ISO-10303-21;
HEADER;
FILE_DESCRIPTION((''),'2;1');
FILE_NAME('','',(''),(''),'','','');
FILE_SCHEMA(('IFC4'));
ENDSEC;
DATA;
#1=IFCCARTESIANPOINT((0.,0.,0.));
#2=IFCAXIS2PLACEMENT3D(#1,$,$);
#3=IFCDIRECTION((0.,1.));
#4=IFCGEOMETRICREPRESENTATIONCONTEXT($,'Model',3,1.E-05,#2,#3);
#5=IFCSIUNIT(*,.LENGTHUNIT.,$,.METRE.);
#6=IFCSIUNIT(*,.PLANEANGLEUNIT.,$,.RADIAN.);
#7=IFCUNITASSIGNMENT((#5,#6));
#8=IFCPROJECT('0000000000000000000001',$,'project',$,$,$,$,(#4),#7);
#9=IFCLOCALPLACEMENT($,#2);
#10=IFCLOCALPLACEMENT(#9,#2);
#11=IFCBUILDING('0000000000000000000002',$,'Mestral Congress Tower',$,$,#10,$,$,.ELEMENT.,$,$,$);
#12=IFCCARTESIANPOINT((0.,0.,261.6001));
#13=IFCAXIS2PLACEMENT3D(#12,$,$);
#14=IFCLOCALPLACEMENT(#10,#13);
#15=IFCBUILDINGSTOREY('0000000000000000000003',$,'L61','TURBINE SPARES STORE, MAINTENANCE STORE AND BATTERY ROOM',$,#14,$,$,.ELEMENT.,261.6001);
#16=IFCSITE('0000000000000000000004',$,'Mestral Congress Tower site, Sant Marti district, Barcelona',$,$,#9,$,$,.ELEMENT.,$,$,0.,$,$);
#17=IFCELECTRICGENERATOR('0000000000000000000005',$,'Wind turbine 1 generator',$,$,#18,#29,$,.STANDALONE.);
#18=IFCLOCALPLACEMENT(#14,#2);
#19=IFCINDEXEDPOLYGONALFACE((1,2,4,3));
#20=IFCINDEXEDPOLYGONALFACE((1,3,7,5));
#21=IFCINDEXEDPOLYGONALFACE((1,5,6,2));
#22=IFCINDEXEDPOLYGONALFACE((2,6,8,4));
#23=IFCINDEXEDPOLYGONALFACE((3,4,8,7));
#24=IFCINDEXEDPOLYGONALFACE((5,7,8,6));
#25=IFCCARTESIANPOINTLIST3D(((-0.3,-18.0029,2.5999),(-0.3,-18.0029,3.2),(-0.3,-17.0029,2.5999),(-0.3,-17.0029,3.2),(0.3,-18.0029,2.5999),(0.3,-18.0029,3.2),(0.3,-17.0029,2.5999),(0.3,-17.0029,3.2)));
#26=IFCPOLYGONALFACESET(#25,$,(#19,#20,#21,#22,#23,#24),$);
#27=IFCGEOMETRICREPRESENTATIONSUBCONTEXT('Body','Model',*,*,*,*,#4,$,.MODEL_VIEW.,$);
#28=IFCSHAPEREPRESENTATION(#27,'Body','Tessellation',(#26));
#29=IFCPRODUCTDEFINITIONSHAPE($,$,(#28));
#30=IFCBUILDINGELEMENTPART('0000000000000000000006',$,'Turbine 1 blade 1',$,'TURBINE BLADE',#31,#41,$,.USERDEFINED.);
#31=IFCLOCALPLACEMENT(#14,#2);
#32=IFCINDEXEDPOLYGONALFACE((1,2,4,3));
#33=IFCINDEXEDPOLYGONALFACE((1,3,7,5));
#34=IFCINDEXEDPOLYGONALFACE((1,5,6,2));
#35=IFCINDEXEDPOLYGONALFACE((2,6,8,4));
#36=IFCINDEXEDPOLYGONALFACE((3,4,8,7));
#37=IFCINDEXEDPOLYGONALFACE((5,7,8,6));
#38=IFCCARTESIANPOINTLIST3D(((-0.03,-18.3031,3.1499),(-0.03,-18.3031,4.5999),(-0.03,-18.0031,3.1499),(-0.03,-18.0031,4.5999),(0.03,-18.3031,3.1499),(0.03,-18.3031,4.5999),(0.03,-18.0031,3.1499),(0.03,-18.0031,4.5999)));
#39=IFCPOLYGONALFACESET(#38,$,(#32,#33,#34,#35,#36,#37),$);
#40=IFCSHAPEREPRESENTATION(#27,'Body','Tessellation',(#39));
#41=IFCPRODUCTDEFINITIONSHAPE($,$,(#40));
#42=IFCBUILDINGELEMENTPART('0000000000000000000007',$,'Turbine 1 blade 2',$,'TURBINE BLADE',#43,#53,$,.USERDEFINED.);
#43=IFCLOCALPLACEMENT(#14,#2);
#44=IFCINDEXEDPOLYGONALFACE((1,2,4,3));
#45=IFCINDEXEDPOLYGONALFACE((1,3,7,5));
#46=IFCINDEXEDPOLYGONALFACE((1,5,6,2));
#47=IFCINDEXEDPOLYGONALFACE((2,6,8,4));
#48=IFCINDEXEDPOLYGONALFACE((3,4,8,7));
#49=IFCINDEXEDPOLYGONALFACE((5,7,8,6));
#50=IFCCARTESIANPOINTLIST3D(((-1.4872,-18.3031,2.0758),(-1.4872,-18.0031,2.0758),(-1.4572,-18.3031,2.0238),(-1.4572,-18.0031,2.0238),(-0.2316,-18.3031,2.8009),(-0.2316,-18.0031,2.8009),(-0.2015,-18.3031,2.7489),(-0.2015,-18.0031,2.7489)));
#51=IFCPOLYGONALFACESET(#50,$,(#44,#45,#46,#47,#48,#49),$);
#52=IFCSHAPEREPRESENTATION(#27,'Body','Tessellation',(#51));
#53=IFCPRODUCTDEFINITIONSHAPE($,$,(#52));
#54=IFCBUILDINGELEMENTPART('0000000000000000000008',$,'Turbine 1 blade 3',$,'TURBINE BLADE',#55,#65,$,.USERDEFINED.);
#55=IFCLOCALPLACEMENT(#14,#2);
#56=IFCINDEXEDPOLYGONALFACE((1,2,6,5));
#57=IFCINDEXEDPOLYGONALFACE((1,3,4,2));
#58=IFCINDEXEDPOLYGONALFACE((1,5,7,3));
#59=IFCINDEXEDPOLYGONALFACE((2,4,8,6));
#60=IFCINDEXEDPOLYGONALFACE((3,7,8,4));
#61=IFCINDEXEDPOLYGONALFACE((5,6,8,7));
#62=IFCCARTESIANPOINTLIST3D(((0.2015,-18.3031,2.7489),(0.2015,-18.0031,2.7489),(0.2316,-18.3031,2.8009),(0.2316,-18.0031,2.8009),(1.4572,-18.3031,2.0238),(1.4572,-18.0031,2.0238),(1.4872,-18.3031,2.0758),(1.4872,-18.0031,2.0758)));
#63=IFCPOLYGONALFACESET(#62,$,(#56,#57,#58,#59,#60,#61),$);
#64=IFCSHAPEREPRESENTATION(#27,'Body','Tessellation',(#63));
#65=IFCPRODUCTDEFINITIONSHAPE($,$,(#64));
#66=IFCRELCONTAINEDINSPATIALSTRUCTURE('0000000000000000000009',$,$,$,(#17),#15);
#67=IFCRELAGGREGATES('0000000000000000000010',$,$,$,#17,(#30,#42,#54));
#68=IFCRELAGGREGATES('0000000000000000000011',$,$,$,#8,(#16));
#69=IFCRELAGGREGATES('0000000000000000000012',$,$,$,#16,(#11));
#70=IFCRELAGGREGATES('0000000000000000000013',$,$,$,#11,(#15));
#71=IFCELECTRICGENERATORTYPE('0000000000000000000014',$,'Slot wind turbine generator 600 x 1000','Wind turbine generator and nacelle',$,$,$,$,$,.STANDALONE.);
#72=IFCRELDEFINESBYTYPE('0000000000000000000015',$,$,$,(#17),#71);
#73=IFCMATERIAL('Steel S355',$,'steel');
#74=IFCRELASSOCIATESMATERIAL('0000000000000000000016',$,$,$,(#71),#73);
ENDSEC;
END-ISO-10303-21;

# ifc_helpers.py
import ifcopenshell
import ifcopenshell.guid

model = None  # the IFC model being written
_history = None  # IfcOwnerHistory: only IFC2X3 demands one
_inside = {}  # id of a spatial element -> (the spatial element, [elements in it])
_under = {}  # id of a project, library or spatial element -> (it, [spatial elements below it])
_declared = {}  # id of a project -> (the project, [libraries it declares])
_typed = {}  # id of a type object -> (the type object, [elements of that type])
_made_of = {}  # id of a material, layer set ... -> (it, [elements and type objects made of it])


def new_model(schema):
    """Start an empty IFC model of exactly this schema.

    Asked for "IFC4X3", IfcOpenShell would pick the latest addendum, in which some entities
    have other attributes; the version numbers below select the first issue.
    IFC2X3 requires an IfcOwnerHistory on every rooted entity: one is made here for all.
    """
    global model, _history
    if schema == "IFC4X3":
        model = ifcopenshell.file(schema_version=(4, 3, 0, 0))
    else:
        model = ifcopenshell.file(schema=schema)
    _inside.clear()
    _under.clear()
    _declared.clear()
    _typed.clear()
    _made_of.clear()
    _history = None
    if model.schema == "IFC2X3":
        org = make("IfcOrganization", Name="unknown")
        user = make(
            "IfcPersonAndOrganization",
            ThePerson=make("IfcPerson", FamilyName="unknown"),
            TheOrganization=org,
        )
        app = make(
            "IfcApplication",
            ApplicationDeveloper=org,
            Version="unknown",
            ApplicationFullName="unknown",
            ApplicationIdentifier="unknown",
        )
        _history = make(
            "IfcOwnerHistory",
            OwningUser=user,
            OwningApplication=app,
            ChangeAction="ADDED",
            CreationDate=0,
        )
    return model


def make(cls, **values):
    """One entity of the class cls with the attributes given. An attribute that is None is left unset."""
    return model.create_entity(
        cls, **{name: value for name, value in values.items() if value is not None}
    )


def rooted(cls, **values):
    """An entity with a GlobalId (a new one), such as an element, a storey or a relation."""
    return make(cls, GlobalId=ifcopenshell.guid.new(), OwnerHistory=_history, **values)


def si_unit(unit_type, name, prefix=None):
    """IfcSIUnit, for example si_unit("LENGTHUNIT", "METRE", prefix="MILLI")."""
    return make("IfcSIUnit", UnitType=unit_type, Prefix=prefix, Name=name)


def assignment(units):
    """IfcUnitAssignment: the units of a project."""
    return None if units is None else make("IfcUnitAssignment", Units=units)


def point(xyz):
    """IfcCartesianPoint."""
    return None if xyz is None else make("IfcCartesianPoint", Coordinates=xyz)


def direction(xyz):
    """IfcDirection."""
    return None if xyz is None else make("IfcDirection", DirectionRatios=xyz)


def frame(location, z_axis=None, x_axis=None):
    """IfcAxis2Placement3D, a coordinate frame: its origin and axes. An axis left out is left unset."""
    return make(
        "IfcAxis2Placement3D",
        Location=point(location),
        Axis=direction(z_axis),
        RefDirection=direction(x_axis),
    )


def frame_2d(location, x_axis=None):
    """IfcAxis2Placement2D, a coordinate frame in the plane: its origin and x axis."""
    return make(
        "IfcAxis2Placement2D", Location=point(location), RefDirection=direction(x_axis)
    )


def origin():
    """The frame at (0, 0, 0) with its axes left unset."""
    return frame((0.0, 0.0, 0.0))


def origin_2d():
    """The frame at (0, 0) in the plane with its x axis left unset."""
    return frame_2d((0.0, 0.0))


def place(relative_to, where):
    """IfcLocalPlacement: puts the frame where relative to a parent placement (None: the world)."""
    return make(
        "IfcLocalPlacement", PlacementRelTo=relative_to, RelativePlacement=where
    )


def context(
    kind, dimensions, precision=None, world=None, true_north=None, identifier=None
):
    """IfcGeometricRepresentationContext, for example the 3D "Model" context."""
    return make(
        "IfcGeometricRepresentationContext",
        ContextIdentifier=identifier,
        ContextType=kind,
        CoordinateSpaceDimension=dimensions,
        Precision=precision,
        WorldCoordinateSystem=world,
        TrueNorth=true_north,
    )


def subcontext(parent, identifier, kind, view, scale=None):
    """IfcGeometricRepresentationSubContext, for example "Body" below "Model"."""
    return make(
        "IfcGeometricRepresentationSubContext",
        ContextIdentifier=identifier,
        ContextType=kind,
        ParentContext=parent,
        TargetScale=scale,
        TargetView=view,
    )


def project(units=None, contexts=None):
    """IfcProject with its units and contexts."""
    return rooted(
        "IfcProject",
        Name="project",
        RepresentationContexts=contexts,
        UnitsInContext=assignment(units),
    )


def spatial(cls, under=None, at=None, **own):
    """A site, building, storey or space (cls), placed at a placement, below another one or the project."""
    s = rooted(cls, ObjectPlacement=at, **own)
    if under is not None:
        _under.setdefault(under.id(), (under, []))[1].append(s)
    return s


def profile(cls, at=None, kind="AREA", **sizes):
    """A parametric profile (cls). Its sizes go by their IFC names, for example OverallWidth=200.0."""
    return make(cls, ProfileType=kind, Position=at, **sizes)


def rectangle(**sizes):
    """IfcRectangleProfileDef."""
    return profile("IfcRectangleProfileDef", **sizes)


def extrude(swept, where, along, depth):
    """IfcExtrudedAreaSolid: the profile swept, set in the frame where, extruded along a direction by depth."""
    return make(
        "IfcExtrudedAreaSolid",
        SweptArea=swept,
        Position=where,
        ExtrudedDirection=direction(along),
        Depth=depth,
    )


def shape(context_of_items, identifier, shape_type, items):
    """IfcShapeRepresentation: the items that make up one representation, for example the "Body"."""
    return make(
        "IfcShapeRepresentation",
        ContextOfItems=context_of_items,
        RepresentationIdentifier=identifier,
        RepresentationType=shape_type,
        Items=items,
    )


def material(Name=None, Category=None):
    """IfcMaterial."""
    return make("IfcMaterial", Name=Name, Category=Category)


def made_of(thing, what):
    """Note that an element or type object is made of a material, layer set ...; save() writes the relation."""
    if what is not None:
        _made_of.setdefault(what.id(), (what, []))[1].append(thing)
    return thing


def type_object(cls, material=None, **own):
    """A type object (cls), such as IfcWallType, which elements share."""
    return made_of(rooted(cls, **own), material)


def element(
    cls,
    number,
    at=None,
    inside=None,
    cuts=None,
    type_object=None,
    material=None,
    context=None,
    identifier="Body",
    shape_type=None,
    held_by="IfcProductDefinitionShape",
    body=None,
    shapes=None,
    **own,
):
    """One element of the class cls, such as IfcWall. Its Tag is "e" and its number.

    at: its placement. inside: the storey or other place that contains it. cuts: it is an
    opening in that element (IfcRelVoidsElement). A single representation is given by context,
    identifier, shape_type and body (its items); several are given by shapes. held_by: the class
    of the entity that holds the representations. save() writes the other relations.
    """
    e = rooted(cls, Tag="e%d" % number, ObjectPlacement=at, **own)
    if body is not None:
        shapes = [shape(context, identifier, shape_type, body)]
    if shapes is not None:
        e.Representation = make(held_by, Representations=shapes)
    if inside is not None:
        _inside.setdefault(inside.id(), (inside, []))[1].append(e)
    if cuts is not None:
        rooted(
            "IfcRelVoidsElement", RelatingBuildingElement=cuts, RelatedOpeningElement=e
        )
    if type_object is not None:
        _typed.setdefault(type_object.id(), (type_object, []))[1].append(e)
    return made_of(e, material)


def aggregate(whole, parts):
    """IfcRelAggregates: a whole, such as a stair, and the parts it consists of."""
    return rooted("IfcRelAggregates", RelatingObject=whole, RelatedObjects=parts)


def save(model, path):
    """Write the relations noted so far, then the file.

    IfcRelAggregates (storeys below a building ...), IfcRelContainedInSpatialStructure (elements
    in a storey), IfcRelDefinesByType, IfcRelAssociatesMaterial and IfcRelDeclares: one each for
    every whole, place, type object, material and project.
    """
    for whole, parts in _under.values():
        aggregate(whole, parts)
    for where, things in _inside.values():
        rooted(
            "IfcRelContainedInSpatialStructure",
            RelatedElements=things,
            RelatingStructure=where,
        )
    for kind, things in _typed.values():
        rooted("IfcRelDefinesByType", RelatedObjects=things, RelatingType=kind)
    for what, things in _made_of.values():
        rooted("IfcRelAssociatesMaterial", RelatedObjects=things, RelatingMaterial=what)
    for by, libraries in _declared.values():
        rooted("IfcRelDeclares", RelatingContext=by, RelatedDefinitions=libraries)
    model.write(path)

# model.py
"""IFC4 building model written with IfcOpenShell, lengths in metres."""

from ifc_helpers import new_model, si_unit, direction, frame, origin, origin_2d, place, context, subcontext, project, spatial, rectangle, extrude, material, type_object, element, aggregate, save


model = new_model("IFC4")

# Units and contexts
model_context = context("Model", 3, precision=1e-05, world=origin(), true_north=direction((0.0, 1.0)))
body_context = subcontext(model_context, "Body", "Model", "MODEL_VIEW")
ifc_project = project(units=[si_unit("LENGTHUNIT", "METRE"), si_unit("PLANEANGLEUNIT", "RADIAN")], contexts=[model_context])

# Site, building, storey
site_placement = place(None, origin())
site = spatial("IfcSite", under=ifc_project, at=site_placement, Name="Mestral Congress Tower site, Sant Marti district, Barcelona", CompositionType="ELEMENT", RefElevation=0.0)
building_placement = place(site_placement, origin())
building = spatial("IfcBuilding", under=site, at=building_placement, Name="Mestral Congress Tower", CompositionType="ELEMENT")
storey_placement = place(building_placement, frame((0.0, 0.0, 261.6001)))
storey = spatial("IfcBuildingStorey", under=building, at=storey_placement, Name="L61", Description="TURBINE SPARES STORE, MAINTENANCE STORE AND BATTERY ROOM", CompositionType="ELEMENT", Elevation=261.6001)

# Shared definitions
ifc_material_1 = material(Name="Steel S355", Category="steel")

# Electric generator, building element parts
electric_generator_type = type_object("IfcElectricGeneratorType", Name="Slot wind turbine generator 600 x 1000", Description="Wind turbine generator and nacelle", PredefinedType="STANDALONE", material=ifc_material_1)
electric_generator_placement = place(storey_placement, frame((0.0, -17.5029, 2.5999), z_axis=(0.0, 0.0, 1.0), x_axis=(1.0, 0.0, 0.0)))
electric_generator = element("IfcElectricGenerator", 1, at=electric_generator_placement, inside=storey, type_object=electric_generator_type, Name="Wind turbine 1 generator", PredefinedType="STANDALONE", context=body_context, shape_type="SweptSolid", body=[
    extrude(rectangle(XDim=0.6001, YDim=1.0, at=origin_2d()), origin(), (0.0, 0.0, 1.0), 0.6001),
])
building_element_part_1_placement = place(storey_placement, frame((0.0, -18.1531, 3.1499), z_axis=(0.0, 0.0, 1.0), x_axis=(0.0, -1.0, 0.0)))
building_element_part_1 = element("IfcBuildingElementPart", 2, at=building_element_part_1_placement, Name="Turbine 1 blade 1", ObjectType="TURBINE BLADE", PredefinedType="USERDEFINED", context=body_context, shape_type="SweptSolid", body=[
    extrude(rectangle(XDim=0.3, YDim=0.0601, at=origin_2d()), origin(), (0.0, 0.0, 1.0), 1.45),
])
building_element_part_2_placement = place(storey_placement, frame((-0.2166, -18.1531, 2.7749), z_axis=(-0.865975, 0.0, -0.500087), x_axis=(0.0, -1.0, 0.0)))
building_element_part_2 = element("IfcBuildingElementPart", 3, at=building_element_part_2_placement, Name="Turbine 1 blade 2", ObjectType="TURBINE BLADE", PredefinedType="USERDEFINED", context=body_context, shape_type="SweptSolid", body=[
    extrude(rectangle(XDim=0.3, YDim=0.0601, at=origin_2d()), origin(), (0.0, 0.0, 1.0), 1.45),
])
building_element_part_3_placement = place(storey_placement, frame((0.2166, -18.1531, 2.7749), z_axis=(0.865975, 0.0, -0.500087), x_axis=(0.0, 1.0, 0.0)))
building_element_part_3 = element("IfcBuildingElementPart", 4, at=building_element_part_3_placement, Name="Turbine 1 blade 3", ObjectType="TURBINE BLADE", PredefinedType="USERDEFINED", context=body_context, shape_type="SweptSolid", body=[
    extrude(rectangle(XDim=0.3, YDim=0.0601, at=origin_2d()), origin(), (0.0, 0.0, 1.0), 1.45),
])
aggregate(electric_generator, [building_element_part_1, building_element_part_2, building_element_part_3])

save(model, "model.ifc")
